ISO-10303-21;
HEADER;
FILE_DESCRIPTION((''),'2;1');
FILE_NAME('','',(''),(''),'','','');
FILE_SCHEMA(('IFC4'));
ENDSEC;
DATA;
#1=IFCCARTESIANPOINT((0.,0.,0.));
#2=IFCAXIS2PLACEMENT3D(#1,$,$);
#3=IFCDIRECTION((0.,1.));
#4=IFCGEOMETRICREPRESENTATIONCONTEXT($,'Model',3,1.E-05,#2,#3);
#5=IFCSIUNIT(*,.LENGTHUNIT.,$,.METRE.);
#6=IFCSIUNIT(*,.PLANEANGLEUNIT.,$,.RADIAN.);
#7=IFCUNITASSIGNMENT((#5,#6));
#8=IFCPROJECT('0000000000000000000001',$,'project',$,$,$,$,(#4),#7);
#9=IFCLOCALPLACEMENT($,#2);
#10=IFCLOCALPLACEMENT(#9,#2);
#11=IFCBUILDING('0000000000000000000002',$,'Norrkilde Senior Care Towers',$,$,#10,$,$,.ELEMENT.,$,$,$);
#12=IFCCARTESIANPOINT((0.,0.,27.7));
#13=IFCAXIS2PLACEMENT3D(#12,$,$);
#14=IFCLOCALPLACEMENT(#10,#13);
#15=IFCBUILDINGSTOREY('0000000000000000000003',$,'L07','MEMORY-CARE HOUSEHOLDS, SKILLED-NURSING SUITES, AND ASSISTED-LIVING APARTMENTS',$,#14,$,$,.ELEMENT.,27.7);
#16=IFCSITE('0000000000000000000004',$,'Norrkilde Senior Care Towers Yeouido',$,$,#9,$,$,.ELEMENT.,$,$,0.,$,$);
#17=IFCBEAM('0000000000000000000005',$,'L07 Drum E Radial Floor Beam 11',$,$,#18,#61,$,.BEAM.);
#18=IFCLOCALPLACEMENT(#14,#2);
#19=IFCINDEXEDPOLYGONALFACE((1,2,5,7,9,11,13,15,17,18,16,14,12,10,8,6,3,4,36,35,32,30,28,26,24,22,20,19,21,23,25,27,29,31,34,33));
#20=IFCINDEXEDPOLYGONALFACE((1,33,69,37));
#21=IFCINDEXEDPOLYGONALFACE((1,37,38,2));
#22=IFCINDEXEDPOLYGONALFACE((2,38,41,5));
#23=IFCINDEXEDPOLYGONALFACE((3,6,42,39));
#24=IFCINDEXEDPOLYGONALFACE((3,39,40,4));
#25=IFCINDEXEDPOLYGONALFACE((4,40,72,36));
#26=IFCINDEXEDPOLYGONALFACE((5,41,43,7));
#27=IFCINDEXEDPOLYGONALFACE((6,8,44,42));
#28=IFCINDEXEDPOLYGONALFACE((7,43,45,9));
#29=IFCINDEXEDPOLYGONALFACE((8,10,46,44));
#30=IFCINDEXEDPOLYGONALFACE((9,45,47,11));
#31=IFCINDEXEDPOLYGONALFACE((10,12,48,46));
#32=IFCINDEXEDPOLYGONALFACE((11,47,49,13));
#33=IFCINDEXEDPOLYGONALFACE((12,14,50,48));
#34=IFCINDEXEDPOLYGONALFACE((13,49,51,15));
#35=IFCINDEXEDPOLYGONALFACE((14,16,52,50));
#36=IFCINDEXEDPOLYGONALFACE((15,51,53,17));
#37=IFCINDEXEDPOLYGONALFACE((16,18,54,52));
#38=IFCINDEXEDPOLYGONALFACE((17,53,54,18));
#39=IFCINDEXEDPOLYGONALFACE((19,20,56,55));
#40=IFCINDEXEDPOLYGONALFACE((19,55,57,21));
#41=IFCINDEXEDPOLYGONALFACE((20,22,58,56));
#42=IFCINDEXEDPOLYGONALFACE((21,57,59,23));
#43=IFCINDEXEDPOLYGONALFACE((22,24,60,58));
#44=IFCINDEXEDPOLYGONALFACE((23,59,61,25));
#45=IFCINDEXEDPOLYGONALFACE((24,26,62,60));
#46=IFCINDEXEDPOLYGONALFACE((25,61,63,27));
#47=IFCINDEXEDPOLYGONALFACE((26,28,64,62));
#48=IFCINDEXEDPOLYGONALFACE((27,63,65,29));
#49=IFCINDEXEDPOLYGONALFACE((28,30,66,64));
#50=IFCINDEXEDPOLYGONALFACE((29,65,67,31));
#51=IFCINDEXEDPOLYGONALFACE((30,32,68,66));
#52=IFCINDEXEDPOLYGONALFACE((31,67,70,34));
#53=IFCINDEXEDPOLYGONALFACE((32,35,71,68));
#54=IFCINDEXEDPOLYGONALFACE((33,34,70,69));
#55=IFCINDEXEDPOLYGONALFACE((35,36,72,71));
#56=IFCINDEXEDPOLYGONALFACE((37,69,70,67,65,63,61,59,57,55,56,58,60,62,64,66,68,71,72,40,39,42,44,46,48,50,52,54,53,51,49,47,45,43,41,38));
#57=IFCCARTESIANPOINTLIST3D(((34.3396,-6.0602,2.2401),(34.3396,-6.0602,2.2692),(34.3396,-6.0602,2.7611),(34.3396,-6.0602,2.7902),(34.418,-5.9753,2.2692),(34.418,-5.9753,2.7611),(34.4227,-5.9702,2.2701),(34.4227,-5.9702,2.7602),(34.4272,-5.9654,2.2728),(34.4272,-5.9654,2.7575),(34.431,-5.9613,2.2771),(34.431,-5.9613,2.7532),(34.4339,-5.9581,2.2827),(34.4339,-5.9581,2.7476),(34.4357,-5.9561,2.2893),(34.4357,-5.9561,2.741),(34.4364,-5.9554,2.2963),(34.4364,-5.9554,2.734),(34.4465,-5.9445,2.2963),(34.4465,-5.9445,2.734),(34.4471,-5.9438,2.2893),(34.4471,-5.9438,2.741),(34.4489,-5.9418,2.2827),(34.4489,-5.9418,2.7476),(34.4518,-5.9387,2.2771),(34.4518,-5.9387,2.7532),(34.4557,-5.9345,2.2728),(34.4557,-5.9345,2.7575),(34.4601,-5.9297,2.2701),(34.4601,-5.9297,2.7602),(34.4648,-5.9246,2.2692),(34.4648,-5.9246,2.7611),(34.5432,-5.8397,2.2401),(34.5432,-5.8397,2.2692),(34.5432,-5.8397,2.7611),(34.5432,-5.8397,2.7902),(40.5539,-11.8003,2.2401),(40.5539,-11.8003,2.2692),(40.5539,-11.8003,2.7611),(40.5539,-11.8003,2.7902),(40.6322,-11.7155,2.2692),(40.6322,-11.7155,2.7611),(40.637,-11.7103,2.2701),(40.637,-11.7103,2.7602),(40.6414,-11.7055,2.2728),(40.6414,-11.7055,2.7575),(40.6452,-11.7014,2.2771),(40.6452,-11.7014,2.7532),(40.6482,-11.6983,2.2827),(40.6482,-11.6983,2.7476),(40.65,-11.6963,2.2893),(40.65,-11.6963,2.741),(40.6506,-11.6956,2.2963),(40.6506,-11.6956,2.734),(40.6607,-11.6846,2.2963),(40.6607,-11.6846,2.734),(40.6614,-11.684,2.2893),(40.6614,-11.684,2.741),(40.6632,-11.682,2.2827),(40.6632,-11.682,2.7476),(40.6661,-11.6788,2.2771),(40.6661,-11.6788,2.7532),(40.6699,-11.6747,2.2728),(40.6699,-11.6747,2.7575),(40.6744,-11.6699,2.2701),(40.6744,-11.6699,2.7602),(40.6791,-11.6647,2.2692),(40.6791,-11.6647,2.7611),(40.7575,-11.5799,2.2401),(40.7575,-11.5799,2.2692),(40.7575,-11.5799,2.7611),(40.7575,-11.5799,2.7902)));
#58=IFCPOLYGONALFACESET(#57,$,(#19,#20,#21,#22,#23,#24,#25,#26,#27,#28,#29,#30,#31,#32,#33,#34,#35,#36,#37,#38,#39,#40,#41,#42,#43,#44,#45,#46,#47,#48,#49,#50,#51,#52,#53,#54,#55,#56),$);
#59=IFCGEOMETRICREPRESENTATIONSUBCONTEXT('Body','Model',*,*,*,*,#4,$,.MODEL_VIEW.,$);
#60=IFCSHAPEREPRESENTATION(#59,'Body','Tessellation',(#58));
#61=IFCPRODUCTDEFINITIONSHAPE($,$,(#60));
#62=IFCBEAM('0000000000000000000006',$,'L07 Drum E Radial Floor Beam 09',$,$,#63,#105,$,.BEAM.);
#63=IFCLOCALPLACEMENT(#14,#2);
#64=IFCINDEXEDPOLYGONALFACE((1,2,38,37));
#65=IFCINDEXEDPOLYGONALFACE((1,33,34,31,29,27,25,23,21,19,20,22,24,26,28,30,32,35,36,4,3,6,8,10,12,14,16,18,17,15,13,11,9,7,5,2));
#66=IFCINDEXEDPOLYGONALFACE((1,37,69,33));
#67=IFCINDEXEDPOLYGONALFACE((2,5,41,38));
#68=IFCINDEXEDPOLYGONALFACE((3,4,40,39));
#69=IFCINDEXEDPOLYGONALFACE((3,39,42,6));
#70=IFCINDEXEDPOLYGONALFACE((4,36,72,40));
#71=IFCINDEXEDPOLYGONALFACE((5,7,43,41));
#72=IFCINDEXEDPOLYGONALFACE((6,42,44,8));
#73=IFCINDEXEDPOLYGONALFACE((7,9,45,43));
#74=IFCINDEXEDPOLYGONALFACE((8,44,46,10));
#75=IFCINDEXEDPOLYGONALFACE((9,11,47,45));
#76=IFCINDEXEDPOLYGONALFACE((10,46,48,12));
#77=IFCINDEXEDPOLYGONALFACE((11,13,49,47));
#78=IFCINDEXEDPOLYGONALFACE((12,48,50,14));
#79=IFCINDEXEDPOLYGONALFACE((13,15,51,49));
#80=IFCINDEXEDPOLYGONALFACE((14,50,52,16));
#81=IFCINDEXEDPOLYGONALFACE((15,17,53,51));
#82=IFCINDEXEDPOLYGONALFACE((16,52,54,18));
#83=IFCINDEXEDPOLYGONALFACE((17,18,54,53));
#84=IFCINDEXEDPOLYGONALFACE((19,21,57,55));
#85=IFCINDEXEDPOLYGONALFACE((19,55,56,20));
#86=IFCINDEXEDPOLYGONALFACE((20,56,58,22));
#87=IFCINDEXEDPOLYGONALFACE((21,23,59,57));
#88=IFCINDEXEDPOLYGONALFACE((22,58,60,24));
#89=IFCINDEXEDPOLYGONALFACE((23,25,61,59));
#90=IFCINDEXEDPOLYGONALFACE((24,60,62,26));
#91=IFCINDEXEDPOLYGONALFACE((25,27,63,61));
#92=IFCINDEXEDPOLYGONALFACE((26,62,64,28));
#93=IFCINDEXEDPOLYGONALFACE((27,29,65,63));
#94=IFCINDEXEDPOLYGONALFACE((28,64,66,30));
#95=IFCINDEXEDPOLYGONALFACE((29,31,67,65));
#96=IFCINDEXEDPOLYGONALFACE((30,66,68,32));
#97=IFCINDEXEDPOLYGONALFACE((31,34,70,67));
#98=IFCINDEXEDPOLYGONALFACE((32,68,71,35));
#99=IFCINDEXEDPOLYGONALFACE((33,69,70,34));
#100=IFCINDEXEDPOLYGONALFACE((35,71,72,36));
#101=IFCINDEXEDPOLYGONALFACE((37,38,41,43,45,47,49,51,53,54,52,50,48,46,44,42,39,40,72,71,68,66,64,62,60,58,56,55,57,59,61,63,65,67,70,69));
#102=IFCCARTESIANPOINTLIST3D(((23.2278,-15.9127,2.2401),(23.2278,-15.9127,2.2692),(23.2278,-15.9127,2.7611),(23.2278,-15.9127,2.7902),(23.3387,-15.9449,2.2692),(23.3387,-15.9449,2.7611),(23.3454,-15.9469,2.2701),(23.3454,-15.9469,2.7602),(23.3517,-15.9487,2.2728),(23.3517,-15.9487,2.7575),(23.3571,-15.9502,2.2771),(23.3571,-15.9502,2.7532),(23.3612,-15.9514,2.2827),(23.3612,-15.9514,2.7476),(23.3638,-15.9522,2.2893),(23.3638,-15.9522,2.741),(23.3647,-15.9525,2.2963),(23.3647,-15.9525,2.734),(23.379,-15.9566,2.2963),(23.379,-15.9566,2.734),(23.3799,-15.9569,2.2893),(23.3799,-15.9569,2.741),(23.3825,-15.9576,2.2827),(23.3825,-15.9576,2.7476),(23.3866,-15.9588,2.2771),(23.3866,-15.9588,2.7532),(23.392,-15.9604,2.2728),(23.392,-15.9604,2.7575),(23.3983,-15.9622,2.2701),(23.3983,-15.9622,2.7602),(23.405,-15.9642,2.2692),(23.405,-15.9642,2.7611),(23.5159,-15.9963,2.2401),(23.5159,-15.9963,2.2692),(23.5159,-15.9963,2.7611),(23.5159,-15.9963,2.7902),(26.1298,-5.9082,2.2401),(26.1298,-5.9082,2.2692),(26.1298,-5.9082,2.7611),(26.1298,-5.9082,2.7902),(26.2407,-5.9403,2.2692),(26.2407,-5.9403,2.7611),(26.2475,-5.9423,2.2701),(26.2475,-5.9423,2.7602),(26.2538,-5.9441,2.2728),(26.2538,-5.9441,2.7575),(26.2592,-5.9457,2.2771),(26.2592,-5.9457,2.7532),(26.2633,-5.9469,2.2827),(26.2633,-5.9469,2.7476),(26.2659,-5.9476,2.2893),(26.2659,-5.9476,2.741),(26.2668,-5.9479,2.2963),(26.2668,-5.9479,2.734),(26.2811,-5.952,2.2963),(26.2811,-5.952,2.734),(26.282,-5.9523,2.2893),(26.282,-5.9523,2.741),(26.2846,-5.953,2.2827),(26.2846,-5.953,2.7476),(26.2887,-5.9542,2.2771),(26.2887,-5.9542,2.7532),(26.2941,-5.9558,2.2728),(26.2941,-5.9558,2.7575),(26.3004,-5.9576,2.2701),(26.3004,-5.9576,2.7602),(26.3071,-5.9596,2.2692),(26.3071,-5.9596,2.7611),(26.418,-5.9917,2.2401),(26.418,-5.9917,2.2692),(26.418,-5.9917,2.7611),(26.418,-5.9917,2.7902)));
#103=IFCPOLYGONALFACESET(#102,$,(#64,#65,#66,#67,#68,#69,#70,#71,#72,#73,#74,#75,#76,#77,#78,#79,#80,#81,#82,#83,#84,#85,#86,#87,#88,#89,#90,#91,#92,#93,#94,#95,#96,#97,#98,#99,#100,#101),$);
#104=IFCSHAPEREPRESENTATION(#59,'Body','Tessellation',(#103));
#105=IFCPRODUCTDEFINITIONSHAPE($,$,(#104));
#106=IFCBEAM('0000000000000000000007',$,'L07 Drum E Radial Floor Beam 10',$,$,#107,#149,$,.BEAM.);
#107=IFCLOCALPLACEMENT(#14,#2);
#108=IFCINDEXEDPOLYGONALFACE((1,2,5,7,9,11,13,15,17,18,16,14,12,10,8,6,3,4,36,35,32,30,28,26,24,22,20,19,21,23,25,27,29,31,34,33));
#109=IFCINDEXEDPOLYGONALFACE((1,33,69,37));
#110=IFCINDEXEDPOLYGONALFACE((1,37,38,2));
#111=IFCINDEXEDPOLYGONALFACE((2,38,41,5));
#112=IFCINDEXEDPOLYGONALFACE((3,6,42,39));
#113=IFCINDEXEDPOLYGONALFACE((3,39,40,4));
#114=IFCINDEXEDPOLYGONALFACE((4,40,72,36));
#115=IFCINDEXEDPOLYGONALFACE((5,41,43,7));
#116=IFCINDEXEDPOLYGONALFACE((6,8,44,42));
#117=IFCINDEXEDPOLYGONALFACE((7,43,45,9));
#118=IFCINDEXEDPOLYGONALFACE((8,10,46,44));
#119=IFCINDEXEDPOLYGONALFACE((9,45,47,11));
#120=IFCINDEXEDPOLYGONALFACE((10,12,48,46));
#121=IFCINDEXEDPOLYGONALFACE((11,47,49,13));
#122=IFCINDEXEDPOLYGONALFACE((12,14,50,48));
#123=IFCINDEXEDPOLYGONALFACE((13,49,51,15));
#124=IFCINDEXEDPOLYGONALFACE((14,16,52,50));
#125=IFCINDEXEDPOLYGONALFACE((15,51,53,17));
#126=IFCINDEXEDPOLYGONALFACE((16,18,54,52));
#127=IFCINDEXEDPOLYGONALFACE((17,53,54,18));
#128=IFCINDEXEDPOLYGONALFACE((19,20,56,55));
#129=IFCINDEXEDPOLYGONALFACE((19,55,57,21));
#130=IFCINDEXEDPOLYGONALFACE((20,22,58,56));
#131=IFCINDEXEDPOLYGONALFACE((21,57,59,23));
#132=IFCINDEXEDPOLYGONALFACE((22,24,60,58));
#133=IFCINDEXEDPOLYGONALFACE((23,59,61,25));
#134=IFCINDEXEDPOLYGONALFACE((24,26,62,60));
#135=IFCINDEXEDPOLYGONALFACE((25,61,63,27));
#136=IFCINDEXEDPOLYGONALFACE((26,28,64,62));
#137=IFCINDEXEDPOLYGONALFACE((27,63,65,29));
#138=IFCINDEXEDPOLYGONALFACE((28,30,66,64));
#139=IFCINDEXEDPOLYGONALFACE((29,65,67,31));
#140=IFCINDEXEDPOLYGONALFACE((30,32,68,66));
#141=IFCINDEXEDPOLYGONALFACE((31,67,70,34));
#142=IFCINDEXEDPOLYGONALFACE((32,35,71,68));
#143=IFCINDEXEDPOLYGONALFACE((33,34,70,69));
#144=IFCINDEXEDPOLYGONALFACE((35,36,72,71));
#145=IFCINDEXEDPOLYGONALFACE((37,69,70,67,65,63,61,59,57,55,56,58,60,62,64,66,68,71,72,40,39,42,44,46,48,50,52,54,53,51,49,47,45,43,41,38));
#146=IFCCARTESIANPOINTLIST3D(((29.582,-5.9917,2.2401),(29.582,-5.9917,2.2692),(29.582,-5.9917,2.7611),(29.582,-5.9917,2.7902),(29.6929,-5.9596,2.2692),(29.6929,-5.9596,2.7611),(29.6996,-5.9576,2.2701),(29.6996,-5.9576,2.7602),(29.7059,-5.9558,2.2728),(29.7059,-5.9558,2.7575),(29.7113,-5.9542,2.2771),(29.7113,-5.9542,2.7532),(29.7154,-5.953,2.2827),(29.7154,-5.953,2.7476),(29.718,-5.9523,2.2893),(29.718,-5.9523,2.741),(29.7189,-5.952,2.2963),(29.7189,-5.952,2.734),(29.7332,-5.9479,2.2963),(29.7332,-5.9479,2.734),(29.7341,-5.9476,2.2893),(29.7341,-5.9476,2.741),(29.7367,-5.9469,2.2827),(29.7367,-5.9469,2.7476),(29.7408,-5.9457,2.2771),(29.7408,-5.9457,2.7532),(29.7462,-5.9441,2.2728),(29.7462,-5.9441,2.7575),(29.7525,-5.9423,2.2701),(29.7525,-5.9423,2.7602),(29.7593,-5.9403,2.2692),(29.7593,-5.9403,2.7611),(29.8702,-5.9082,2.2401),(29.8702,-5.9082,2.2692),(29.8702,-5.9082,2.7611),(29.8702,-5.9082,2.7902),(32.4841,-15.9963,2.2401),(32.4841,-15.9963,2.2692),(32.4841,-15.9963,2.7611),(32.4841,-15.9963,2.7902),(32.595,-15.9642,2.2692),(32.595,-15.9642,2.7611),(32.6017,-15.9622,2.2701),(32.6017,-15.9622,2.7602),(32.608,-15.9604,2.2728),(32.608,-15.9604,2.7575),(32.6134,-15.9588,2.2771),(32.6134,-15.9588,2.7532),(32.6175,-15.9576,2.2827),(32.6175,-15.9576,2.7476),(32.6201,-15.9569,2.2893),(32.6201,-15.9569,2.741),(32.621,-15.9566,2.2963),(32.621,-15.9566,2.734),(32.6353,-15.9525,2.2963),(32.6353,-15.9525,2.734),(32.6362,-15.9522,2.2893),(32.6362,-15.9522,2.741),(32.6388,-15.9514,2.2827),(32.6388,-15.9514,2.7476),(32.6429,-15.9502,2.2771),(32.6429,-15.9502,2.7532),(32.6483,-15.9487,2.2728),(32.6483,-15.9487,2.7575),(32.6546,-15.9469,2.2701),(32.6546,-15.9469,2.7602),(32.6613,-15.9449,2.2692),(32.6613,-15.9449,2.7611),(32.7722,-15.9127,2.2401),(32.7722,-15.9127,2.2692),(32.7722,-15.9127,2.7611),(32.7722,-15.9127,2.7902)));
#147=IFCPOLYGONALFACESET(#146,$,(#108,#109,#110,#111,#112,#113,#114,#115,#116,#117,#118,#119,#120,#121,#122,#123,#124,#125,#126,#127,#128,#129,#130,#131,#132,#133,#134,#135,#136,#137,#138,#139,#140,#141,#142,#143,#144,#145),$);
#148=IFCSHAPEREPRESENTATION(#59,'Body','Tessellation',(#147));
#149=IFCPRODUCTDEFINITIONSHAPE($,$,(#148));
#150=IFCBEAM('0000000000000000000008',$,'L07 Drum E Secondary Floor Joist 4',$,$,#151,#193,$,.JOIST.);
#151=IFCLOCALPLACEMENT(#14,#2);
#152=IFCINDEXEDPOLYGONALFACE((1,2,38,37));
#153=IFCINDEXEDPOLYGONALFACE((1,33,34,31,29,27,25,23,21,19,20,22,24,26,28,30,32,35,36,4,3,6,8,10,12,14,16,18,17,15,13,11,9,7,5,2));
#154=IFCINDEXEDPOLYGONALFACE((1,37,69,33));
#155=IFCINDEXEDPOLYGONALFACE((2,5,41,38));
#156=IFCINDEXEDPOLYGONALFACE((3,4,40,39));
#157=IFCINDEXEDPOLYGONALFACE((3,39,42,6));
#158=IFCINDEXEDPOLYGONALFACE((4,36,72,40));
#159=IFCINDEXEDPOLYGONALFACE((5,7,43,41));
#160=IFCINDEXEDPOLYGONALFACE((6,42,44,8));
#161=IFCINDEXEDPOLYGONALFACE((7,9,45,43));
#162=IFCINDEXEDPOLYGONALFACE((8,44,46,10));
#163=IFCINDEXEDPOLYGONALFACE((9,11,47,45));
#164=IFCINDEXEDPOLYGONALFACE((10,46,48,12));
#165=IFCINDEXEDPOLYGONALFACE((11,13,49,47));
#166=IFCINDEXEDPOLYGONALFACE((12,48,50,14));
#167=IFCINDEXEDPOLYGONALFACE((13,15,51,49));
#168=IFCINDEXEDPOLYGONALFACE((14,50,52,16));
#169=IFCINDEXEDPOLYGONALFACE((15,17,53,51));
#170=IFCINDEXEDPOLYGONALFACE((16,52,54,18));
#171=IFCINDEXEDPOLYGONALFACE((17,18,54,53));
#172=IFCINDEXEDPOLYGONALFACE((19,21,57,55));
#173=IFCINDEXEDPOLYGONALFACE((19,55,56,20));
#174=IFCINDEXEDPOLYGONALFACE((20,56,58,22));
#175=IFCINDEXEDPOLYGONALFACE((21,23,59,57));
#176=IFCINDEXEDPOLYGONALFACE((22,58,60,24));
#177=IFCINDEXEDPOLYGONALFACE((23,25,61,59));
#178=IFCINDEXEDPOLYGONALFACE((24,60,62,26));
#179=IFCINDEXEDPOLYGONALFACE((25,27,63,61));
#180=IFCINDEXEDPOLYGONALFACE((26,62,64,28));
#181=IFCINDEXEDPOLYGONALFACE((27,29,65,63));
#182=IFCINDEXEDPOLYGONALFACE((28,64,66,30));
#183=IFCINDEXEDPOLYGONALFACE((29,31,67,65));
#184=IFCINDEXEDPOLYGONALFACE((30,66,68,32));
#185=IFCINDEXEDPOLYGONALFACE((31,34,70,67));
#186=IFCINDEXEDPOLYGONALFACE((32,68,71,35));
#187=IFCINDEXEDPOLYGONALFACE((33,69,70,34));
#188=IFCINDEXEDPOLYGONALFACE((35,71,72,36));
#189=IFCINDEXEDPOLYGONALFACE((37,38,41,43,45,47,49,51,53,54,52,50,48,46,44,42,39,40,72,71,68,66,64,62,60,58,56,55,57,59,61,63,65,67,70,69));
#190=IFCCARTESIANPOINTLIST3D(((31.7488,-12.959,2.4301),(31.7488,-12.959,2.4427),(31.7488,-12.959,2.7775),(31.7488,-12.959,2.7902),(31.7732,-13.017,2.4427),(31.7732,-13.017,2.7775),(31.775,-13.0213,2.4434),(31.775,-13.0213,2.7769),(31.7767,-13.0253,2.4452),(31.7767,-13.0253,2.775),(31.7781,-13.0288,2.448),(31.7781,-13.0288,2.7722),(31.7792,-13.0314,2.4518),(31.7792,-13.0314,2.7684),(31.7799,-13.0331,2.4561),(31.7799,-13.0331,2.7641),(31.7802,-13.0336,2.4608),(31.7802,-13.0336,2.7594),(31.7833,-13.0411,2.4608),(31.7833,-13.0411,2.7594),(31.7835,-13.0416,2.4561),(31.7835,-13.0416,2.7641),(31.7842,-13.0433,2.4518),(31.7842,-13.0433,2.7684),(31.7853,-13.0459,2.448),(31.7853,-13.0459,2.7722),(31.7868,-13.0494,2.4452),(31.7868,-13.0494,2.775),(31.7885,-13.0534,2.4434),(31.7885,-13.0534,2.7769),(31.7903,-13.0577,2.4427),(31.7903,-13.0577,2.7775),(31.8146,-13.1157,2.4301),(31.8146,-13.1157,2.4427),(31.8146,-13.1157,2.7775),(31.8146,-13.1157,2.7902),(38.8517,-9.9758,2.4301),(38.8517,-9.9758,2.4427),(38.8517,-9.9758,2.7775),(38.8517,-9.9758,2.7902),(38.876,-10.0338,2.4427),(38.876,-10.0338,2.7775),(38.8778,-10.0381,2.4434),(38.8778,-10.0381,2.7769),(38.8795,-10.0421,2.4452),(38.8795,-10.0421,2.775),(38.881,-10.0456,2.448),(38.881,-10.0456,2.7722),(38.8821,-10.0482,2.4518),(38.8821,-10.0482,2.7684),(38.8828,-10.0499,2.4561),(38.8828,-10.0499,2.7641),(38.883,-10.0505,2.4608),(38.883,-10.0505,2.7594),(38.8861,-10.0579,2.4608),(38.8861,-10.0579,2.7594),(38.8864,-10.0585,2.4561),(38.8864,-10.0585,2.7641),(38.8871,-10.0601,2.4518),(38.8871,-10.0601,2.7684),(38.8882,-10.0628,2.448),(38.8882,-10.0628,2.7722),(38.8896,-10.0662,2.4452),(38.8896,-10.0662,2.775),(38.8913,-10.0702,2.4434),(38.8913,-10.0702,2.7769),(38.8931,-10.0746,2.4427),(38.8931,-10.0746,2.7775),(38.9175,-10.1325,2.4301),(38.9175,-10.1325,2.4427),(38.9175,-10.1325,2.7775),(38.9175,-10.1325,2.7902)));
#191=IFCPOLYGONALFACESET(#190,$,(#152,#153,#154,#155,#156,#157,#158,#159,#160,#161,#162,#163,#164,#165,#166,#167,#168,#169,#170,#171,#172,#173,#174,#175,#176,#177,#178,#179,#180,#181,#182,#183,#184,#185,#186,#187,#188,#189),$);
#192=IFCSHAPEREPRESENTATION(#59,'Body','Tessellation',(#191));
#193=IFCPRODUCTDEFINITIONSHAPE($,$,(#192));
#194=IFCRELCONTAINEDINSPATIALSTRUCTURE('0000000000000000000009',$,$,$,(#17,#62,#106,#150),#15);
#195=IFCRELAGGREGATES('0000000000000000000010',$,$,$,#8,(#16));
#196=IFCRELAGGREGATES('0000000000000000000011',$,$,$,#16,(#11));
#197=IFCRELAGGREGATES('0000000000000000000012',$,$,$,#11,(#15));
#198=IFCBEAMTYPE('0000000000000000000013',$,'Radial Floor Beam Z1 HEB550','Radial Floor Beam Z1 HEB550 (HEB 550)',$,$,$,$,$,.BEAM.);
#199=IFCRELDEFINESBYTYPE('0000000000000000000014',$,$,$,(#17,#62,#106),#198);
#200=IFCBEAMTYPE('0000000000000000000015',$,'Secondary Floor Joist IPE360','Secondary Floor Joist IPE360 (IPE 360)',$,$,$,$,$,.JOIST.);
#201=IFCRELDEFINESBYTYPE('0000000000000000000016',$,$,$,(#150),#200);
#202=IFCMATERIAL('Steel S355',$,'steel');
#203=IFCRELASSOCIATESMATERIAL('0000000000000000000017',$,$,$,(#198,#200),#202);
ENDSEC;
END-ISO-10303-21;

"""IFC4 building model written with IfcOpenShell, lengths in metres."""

from ifc_helpers import new_model, si_unit, direction, frame, origin, origin_2d, place, context, subcontext, project, spatial, i_section, extrude, source, transform, mapped, material, material_profile, profile_set, type_object, type_shapes, element, save


model = new_model("IFC4")

# Units and contexts
model_context = context("Model", 3, precision=1e-05, world=origin(), true_north=direction((0.0, 1.0)))
body_context = subcontext(model_context, "Body", "Model", "MODEL_VIEW")
ifc_project = project(units=[si_unit("LENGTHUNIT", "METRE"), si_unit("PLANEANGLEUNIT", "RADIAN")], contexts=[model_context])

# Site, building, storey
site_placement = place(None, origin())
site = spatial("IfcSite", under=ifc_project, at=site_placement, Name="Norrkilde Senior Care Towers Yeouido", CompositionType="ELEMENT", RefElevation=0.0)
building_placement = place(site_placement, origin())
building = spatial("IfcBuilding", under=site, at=building_placement, Name="Norrkilde Senior Care Towers", CompositionType="ELEMENT")
storey_placement = place(building_placement, frame((0.0, 0.0, 27.7)))
storey = spatial("IfcBuildingStorey", under=building, at=storey_placement, Name="L07", Description="MEMORY-CARE HOUSEHOLDS, SKILLED-NURSING SUITES, AND ASSISTED-LIVING APARTMENTS", CompositionType="ELEMENT", Elevation=27.7)

# Beams
ifc_material_1 = material(Name="Steel S355", Category="steel")
ifc_material_profile_1 = material_profile(ifc_material_1, i_section(OverallWidth=0.3, OverallDepth=0.55, WebThickness=0.0149, FlangeThickness=0.0291, FilletRadius=0.0271, at=origin_2d()), Name="HEB 550")
ifc_profile_set_1 = profile_set([ifc_material_profile_1], Name="Steel S355")
beam_type_1 = type_object("IfcBeamType", Name="Radial Floor Beam Z1 HEB550", Description="Radial Floor Beam Z1 HEB550 (HEB 550)", PredefinedType="BEAM", material=ifc_profile_set_1)
shared_shape_1 = source(origin(), body_context, "Body", "SweptSolid", [
    extrude(i_section(OverallWidth=0.3, OverallDepth=0.55, WebThickness=0.0149, FlangeThickness=0.0291, FilletRadius=0.0271, at=origin_2d()), origin(), (0.0, 0.0, 1.0), 8.4597),
])
beam_1_placement = place(storey_placement, frame((34.4414, -5.95, 2.5151), z_axis=(0.734573, -0.678529, 0.0), x_axis=(0.678529, 0.734573, 0.0)))
element("IfcBeam", 1, at=beam_1_placement, inside=storey, type_object=beam_type_1, Name="L07 Drum E Radial Floor Beam 11", PredefinedType="BEAM", context=body_context, shape_type="MappedRepresentation", body=[
    mapped(shared_shape_1, transform((0.0, 0.0, 0.0), x_axis=(1.0, 0.0, 0.0), y_axis=(0.0, 1.0, 0.0), z_axis=(0.0, 0.0, 1.0), scale=1.0)),
])
shared_shape_2 = source(origin(), body_context, "Body", "SweptSolid", [
    extrude(i_section(OverallWidth=0.3, OverallDepth=0.55, WebThickness=0.0149, FlangeThickness=0.0291, FilletRadius=0.0271, at=origin_2d()), origin(), (0.0, 0.0, 1.0), 10.417),
])
for number, where, z_axis, x_axis, name in (
    (2, (26.2739, -5.95, 2.5151), (-0.278591, -0.96041, 0.0), (0.96041, -0.278591, 0.0), "L07 Drum E Radial Floor Beam 09"),
    (3, (29.7261, -5.95, 2.5151), (0.278591, -0.96041, 0.0), (0.96041, 0.278591, 0.0), "L07 Drum E Radial Floor Beam 10"),
):
    element("IfcBeam", number, at=place(storey_placement, frame(where, z_axis=z_axis, x_axis=x_axis)), inside=storey, type_object=beam_type_1, Name=name, PredefinedType="BEAM", context=body_context, shape_type="MappedRepresentation", body=[
        mapped(shared_shape_2, transform((0.0, 0.0, 0.0), x_axis=(1.0, 0.0, 0.0), y_axis=(0.0, 1.0, 0.0), z_axis=(0.0, 0.0, 1.0), scale=1.0)),
    ])
ifc_material_profile_2 = material_profile(ifc_material_1, i_section(OverallWidth=0.1699, OverallDepth=0.3601, WebThickness=0.0081, FlangeThickness=0.0127, FilletRadius=0.0181, at=origin_2d()), Name="IPE 360")
ifc_profile_set_2 = profile_set([ifc_material_profile_2], Name="Steel S355")
beam_type_2 = type_object("IfcBeamType", Name="Secondary Floor Joist IPE360", Description="Secondary Floor Joist IPE360 (IPE 360)", PredefinedType="JOIST", material=ifc_profile_set_2)
shared_shape_3 = source(origin(), body_context, "Body", "SweptSolid", [
    extrude(i_section(OverallWidth=0.1699, OverallDepth=0.3601, WebThickness=0.0081, FlangeThickness=0.0127, FilletRadius=0.0181, at=origin_2d()), origin(), (0.0, 0.0, 1.0), 7.7039),
])
type_shapes(beam_type_2, [shared_shape_3])
beam_2_placement = place(storey_placement, frame((31.7817, -13.0374, 2.6101), z_axis=(0.921983, 0.387231, 0.0), x_axis=(-0.387231, 0.921983, 0.0)))
element("IfcBeam", 4, at=beam_2_placement, inside=storey, type_object=beam_type_2, Name="L07 Drum E Secondary Floor Joist 4", PredefinedType="JOIST", context=body_context, shape_type="MappedRepresentation", body=[
    mapped(shared_shape_3, transform((0.0, 0.0, 0.0), x_axis=(1.0, 0.0, 0.0), y_axis=(0.0, 1.0, 0.0), z_axis=(0.0, 0.0, 1.0), scale=1.0)),
])

save(model, "model.ifc")
